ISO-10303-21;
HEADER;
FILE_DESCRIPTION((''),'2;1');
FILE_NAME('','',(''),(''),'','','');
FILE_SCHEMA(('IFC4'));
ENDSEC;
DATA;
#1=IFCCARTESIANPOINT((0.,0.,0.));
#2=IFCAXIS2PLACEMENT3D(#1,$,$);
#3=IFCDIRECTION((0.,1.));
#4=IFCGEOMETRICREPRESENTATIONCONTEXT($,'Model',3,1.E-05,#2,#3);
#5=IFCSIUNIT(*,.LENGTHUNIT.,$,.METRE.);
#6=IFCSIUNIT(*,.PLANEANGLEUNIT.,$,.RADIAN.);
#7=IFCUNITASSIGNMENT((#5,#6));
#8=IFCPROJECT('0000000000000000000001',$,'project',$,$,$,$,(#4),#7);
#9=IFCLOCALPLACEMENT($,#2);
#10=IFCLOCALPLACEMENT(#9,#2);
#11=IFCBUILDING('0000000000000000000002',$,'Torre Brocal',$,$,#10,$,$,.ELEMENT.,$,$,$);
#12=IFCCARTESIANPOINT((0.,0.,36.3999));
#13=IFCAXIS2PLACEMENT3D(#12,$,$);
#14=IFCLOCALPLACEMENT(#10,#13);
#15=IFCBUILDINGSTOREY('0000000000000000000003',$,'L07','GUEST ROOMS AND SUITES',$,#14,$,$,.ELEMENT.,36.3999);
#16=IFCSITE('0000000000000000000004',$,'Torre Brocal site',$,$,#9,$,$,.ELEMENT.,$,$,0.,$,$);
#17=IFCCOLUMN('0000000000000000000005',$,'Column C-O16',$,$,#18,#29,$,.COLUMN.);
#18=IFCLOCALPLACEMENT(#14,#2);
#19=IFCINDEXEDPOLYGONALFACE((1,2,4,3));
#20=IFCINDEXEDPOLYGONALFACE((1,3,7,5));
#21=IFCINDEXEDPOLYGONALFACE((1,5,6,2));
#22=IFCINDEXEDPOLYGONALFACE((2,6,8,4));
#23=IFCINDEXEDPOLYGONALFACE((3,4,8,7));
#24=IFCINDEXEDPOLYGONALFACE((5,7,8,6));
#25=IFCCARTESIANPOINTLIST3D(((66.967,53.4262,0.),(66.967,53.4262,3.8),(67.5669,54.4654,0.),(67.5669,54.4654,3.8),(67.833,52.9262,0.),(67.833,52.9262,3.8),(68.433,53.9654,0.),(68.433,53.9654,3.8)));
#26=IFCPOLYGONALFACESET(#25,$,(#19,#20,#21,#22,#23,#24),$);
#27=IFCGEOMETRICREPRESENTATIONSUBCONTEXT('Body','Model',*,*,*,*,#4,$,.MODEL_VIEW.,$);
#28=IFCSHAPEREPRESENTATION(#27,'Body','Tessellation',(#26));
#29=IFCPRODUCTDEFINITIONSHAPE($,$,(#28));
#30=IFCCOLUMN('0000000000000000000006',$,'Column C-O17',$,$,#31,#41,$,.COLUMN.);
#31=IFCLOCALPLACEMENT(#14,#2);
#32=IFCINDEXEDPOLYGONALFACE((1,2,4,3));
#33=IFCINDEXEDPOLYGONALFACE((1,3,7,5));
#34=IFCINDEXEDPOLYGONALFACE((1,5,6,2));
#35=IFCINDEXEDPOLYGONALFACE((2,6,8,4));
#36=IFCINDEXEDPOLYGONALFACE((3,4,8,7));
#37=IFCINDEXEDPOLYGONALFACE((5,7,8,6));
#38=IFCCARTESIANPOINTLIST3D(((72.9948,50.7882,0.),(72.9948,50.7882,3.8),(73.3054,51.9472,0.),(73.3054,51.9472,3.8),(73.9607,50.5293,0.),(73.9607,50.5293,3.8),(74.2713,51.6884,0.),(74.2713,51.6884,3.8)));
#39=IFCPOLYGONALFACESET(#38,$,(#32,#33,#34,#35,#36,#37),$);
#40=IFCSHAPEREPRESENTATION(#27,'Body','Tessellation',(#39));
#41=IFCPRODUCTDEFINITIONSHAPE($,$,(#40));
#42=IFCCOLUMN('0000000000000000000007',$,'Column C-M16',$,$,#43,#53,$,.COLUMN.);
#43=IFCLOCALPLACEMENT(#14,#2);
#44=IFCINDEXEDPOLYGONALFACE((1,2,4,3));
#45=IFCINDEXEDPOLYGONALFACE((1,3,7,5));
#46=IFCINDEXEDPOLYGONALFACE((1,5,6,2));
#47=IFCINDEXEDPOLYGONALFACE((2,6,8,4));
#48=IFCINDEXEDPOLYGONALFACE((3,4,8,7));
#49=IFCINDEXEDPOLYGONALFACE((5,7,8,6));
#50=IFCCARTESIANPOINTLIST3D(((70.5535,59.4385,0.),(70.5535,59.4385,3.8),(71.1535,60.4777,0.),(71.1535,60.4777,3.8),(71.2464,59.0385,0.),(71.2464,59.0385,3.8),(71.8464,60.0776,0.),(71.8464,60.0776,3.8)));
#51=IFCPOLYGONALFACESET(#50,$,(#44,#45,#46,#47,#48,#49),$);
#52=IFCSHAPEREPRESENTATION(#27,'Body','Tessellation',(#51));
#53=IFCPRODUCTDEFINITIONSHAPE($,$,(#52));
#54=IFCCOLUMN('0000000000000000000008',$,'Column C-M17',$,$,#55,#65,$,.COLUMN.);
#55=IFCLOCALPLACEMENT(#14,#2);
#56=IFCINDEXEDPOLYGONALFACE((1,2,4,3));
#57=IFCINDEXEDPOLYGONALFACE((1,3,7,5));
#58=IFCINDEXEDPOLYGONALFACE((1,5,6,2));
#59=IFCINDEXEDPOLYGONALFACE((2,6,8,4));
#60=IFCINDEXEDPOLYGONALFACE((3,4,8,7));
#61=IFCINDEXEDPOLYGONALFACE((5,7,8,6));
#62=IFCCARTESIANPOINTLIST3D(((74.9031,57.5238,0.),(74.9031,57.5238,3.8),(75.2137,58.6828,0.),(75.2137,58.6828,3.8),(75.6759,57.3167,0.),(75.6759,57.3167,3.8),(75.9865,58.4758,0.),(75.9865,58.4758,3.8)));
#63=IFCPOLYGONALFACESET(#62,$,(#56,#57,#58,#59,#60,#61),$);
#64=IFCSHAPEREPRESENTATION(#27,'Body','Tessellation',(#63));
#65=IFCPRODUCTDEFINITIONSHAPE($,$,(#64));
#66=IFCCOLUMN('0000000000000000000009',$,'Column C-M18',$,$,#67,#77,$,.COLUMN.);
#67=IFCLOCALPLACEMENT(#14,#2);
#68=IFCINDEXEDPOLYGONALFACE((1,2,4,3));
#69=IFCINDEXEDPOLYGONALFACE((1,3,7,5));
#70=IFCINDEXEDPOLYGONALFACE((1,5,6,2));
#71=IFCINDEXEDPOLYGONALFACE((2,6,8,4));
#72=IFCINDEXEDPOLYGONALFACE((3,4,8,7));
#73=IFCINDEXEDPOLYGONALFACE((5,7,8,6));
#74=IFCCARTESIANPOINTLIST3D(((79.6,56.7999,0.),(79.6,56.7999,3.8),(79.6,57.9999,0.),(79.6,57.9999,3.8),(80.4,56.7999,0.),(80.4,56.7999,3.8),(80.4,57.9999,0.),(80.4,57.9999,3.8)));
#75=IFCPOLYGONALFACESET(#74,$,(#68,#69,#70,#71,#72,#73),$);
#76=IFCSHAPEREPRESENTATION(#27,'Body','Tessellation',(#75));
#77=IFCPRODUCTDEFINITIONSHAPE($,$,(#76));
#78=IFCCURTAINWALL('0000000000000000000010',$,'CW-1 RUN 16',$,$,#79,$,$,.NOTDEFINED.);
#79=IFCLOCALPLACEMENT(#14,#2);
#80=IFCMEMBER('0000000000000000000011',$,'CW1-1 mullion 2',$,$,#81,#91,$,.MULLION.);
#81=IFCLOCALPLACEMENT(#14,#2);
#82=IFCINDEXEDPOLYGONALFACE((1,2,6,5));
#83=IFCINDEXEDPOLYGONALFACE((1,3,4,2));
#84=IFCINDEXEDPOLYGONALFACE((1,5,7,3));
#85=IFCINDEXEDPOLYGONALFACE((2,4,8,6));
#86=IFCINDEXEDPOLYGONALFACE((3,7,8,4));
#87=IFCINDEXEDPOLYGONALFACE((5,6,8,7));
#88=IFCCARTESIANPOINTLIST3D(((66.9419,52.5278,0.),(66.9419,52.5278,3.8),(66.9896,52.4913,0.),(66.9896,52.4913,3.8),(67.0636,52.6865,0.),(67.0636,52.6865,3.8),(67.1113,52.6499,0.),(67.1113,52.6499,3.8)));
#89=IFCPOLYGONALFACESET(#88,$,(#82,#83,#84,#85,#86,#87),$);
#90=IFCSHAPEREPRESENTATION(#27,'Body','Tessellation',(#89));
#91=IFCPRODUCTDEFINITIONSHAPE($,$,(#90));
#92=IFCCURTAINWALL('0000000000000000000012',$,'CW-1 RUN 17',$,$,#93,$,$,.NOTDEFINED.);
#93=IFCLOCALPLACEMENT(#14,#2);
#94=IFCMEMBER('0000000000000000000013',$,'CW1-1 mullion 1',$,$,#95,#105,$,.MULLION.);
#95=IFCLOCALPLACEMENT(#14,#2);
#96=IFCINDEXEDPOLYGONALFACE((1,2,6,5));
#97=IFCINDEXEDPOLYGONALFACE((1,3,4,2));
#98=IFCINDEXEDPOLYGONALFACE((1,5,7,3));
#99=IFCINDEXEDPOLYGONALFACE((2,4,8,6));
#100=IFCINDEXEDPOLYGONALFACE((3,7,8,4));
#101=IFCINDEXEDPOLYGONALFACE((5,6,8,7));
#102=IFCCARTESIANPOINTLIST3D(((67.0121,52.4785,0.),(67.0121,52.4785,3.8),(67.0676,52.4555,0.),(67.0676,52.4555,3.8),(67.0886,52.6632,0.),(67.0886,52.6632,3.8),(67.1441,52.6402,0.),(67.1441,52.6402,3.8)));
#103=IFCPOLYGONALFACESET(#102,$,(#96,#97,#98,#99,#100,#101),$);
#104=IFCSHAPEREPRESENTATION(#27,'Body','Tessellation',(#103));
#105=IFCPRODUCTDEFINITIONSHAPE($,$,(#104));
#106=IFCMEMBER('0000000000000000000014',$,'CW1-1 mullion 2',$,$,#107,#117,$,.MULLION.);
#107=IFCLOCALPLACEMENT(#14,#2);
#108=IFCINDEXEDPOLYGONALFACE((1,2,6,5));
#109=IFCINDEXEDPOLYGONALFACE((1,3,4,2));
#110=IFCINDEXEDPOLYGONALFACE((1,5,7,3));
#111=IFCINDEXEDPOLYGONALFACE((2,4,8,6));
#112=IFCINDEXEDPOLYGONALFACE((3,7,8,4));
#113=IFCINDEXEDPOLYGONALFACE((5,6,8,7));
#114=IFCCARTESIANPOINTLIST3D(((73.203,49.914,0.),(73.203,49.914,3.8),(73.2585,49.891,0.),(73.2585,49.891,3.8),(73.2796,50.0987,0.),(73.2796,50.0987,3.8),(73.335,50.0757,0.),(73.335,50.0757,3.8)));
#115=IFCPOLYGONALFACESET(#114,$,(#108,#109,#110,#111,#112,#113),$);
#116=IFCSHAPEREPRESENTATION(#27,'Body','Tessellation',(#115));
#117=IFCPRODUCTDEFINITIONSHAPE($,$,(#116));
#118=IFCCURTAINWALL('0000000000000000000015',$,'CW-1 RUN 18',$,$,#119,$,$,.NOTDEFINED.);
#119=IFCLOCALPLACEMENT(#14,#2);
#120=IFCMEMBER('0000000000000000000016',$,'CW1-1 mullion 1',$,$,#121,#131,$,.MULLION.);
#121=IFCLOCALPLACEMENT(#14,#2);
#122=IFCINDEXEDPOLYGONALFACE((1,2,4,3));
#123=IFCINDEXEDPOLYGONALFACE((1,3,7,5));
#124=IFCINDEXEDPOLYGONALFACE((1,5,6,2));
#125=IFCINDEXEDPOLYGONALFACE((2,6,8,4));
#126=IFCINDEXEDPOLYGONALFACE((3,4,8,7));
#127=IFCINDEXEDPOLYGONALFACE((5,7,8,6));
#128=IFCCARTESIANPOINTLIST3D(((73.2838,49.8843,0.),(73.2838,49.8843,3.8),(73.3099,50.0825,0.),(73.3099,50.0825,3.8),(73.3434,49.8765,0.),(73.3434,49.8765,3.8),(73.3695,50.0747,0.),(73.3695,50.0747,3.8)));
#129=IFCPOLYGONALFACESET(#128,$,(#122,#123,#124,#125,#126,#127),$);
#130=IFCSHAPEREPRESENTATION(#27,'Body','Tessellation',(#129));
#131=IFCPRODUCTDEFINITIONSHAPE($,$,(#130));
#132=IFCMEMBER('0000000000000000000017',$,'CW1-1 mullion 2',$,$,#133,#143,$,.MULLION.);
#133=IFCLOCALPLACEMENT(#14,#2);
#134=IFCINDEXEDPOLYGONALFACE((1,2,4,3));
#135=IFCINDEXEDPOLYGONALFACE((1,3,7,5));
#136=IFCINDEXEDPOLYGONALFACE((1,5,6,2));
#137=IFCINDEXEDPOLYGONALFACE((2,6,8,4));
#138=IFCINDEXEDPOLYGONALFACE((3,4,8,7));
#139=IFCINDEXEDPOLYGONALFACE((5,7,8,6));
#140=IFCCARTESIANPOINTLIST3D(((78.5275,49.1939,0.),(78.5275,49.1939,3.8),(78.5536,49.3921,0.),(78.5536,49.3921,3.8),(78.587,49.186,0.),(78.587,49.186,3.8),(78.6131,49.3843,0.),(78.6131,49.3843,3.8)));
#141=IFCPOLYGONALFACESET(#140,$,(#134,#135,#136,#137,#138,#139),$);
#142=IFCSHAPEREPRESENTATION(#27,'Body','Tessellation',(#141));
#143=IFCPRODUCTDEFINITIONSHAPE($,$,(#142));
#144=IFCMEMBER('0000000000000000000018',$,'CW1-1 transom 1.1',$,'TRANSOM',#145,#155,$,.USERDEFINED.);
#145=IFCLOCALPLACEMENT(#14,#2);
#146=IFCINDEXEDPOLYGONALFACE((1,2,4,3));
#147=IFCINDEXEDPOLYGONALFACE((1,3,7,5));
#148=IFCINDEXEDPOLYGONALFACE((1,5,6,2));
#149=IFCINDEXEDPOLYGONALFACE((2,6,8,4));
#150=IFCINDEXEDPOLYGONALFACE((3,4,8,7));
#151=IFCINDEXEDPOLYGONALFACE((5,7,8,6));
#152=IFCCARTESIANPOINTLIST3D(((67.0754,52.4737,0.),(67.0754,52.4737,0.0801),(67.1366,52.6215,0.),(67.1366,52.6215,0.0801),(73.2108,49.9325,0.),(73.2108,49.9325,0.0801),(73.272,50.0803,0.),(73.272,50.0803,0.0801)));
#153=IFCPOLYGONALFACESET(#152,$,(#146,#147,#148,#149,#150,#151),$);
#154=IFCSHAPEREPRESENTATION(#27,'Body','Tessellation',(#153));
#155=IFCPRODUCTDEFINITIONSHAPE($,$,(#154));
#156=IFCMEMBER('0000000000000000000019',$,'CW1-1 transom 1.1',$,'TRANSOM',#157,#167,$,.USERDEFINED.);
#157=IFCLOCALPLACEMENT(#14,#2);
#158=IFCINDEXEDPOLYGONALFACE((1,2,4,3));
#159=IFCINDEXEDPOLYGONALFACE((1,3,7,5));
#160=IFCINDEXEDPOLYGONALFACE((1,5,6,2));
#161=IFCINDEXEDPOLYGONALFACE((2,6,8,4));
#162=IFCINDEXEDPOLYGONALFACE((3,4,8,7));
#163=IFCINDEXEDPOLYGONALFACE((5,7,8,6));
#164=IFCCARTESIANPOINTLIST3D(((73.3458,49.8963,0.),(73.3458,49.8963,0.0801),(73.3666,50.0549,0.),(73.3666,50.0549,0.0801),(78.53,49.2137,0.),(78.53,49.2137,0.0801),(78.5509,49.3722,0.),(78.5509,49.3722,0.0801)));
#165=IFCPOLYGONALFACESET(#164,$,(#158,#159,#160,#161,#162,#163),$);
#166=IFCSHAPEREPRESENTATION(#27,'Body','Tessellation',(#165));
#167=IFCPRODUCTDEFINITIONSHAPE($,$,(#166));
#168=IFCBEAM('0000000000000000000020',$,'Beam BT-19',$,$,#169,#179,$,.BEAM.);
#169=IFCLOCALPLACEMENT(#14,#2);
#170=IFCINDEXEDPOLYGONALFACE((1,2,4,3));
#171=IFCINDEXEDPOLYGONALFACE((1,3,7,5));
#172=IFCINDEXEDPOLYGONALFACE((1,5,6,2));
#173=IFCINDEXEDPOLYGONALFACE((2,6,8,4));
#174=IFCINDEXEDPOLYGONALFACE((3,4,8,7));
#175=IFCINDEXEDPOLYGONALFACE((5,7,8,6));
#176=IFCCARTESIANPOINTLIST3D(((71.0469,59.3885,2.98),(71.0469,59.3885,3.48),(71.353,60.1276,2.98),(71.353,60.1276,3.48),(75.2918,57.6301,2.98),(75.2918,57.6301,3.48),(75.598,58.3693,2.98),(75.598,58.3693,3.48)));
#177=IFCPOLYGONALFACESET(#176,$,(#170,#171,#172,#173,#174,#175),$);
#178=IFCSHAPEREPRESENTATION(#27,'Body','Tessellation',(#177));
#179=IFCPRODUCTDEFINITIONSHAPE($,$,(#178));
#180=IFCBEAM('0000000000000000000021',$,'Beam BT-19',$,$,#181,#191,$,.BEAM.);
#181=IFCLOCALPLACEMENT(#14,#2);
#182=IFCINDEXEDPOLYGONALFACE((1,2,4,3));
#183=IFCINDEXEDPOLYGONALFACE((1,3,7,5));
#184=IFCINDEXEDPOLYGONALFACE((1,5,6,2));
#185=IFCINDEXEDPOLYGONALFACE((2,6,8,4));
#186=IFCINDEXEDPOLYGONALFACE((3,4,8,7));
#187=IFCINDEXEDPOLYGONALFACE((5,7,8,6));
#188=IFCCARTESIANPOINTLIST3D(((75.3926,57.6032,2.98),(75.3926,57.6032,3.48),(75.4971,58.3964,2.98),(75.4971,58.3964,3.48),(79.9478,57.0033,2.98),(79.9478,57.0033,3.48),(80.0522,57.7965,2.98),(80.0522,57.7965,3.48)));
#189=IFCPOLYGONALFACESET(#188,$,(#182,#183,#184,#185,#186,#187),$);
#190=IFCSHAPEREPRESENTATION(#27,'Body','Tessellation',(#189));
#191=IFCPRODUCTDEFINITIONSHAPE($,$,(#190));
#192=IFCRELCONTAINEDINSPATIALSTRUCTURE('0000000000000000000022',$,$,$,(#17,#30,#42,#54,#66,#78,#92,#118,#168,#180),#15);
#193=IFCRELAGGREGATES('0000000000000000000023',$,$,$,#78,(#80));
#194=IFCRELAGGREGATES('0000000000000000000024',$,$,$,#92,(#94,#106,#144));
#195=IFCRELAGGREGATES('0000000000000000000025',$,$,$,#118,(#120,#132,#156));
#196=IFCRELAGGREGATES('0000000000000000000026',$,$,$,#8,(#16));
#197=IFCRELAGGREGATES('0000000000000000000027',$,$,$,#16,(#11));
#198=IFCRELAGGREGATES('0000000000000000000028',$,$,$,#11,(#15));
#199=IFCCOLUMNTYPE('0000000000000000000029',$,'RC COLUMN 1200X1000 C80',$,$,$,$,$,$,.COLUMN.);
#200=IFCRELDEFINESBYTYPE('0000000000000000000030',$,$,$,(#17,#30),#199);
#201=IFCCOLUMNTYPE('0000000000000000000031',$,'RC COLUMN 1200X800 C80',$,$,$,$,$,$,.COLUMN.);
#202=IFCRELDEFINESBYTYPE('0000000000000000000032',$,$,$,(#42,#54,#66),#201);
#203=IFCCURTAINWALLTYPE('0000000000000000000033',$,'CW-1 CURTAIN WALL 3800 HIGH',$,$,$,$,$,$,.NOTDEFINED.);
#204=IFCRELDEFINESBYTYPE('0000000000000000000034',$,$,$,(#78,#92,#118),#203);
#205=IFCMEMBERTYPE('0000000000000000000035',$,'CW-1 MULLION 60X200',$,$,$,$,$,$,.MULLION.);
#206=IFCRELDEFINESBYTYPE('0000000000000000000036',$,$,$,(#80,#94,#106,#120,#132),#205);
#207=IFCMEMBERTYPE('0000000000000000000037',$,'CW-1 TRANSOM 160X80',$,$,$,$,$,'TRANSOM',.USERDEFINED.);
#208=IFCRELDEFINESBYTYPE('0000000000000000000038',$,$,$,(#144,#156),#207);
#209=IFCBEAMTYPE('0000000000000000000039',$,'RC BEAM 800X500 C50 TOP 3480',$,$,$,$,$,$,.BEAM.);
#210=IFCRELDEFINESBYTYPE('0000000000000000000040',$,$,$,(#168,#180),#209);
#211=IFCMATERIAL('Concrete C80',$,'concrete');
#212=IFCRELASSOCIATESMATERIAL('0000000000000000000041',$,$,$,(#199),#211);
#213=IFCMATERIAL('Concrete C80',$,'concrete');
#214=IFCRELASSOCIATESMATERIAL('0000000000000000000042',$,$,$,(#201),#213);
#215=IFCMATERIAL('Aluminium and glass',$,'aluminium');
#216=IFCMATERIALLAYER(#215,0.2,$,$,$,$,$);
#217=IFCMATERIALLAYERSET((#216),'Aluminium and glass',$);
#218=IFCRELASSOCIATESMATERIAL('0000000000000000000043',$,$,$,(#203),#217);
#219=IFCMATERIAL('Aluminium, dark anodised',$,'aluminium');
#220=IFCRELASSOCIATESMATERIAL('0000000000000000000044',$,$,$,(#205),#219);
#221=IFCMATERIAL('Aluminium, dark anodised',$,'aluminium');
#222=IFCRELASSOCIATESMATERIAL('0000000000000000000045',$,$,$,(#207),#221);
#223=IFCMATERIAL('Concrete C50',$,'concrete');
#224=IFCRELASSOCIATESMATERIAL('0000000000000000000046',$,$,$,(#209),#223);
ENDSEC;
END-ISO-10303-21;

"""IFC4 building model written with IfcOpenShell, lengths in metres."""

from ifc_helpers import new_model, si_unit, direction, frame, origin, origin_2d, place, context, subcontext, project, spatial, rectangle, extrude, material, layer, layer_set, material_profile, profile_set, type_object, element, aggregate, save


model = new_model("IFC4")

# Units and contexts
model_context = context("Model", 3, precision=1e-05, world=origin(), true_north=direction((0.0, 1.0)))
body_context = subcontext(model_context, "Body", "Model", "MODEL_VIEW")
ifc_project = project(units=[si_unit("LENGTHUNIT", "METRE"), si_unit("PLANEANGLEUNIT", "RADIAN")], contexts=[model_context])

# Site, building, storey
site_placement = place(None, origin())
site = spatial("IfcSite", under=ifc_project, at=site_placement, Name="Torre Brocal site", CompositionType="ELEMENT", RefElevation=0.0)
building_placement = place(site_placement, origin())
building = spatial("IfcBuilding", under=site, at=building_placement, Name="Torre Brocal", CompositionType="ELEMENT")
storey_placement = place(building_placement, frame((0.0, 0.0, 36.3999)))
storey = spatial("IfcBuildingStorey", under=building, at=storey_placement, Name="L07", Description="GUEST ROOMS AND SUITES", CompositionType="ELEMENT", Elevation=36.3999)

# Columns
ifc_material_1 = material(Name="Concrete C80", Category="concrete")
ifc_material_profile_1 = material_profile(ifc_material_1, rectangle(XDim=1.2, YDim=1.0, at=origin_2d()), Name="RC 1200X1000")
ifc_profile_set_1 = profile_set([ifc_material_profile_1], Name="Concrete C80")
column_type_1 = type_object("IfcColumnType", Name="RC COLUMN 1200X1000 C80", PredefinedType="COLUMN", material=ifc_profile_set_1)
for number, where, z_axis, x_axis, name in (
    (1, (67.7, 53.6958, 0.0), (0.0, 0.0, 1.0), (-0.5, -0.866025, 0.0), "Column C-O16"),
    (2, (73.6331, 51.2383, 0.0), (0.0, 0.0, 1.0), (-0.258819, -0.965926, 0.0), "Column C-O17"),
):
    element("IfcColumn", number, at=place(storey_placement, frame(where, z_axis=z_axis, x_axis=x_axis)), inside=storey, type_object=column_type_1, Name=name, PredefinedType="COLUMN", context=body_context, shape_type="SweptSolid", body=[
        extrude(rectangle(XDim=1.2, YDim=1.0, at=origin_2d()), origin(), (0.0, 0.0, 1.0), 3.8),
    ])
ifc_material_2 = material(Name="Concrete C80", Category="concrete")
ifc_material_profile_2 = material_profile(ifc_material_2, rectangle(XDim=1.2, YDim=0.8, at=origin_2d()), Name="RC 1200X800")
ifc_profile_set_2 = profile_set([ifc_material_profile_2], Name="Concrete C80")
column_type_2 = type_object("IfcColumnType", Name="RC COLUMN 1200X800 C80", PredefinedType="COLUMN", material=ifc_profile_set_2)
for number, where, z_axis, x_axis, name in (
    (3, (71.2, 59.7581, 0.0), (0.0, 0.0, 1.0), (-0.5, -0.866025, 0.0), "Column C-M16"),
    (4, (75.4448, 57.9998, 0.0), (0.0, 0.0, 1.0), (-0.258819, -0.965926, 0.0), "Column C-M17"),
    (5, (80.0, 57.3999, 0.0), (0.0, 0.0, 1.0), (0.0, -1.0, 0.0), "Column C-M18"),
):
    element("IfcColumn", number, at=place(storey_placement, frame(where, z_axis=z_axis, x_axis=x_axis)), inside=storey, type_object=column_type_2, Name=name, PredefinedType="COLUMN", context=body_context, shape_type="SweptSolid", body=[
        extrude(rectangle(XDim=1.2, YDim=0.8, at=origin_2d()), origin(), (0.0, 0.0, 1.0), 3.8),
    ])

# Curtain wall, member
ifc_material_3 = material(Name="Aluminium and glass", Category="aluminium")
ifc_layer_1 = layer(ifc_material_3, 0.2)
ifc_layer_set_1 = layer_set([ifc_layer_1], Name="Aluminium and glass")
curtain_wall_type = type_object("IfcCurtainWallType", Name="CW-1 CURTAIN WALL 3800 HIGH", PredefinedType="NOTDEFINED", material=ifc_layer_set_1)
curtain_wall_1_placement = place(storey_placement, origin())
curtain_wall_1 = element("IfcCurtainWall", 6, at=curtain_wall_1_placement, inside=storey, type_object=curtain_wall_type, Name="CW-1 RUN 16", PredefinedType="NOTDEFINED")
ifc_material_4 = material(Name="Aluminium, dark anodised", Category="aluminium")
ifc_material_profile_3 = material_profile(ifc_material_4, rectangle(XDim=0.2, YDim=0.0601, at=origin_2d()), Name="CW-1 MULLION 60X200")
ifc_profile_set_3 = profile_set([ifc_material_profile_3], Name="Aluminium, dark anodised")
member_type_1 = type_object("IfcMemberType", Name="CW-1 MULLION 60X200", PredefinedType="MULLION", material=ifc_profile_set_3)
member_1_placement = place(storey_placement, frame((67.0266, 52.5889, 0.0), z_axis=(0.0, 0.0, 1.0), x_axis=(0.608761, 0.793353, 0.0)))
member_1 = element("IfcMember", 7, at=member_1_placement, type_object=member_type_1, Name="CW1-1 mullion 2", PredefinedType="MULLION", context=body_context, shape_type="SweptSolid", body=[
    extrude(rectangle(XDim=0.2, YDim=0.0601, at=origin_2d()), origin(), (0.0, 0.0, 1.0), 3.8),
])
aggregate(curtain_wall_1, [member_1])

# Curtain walls, members
curtain_wall_2_placement = place(storey_placement, origin())
curtain_wall_2 = element("IfcCurtainWall", 8, at=curtain_wall_2_placement, inside=storey, type_object=curtain_wall_type, Name="CW-1 RUN 17", PredefinedType="NOTDEFINED")
member_2_placement = place(storey_placement, frame((67.0781, 52.5593, 0.0), z_axis=(0.0, 0.0, 1.0), x_axis=(0.382683, 0.92388, 0.0)))
member_2 = element("IfcMember", 9, at=member_2_placement, type_object=member_type_1, Name="CW1-1 mullion 1", PredefinedType="MULLION", context=body_context, shape_type="SweptSolid", body=[
    extrude(rectangle(XDim=0.2, YDim=0.0601, at=origin_2d()), origin(), (0.0, 0.0, 1.0), 3.8),
])
member_3_placement = place(storey_placement, frame((73.269, 49.9949, 0.0), z_axis=(0.0, 0.0, 1.0), x_axis=(0.382683, 0.92388, 0.0)))
member_3 = element("IfcMember", 10, at=member_3_placement, type_object=member_type_1, Name="CW1-1 mullion 2", PredefinedType="MULLION", context=body_context, shape_type="SweptSolid", body=[
    extrude(rectangle(XDim=0.2, YDim=0.0601, at=origin_2d()), origin(), (0.0, 0.0, 1.0), 3.8),
])
curtain_wall_3_placement = place(storey_placement, origin())
curtain_wall_3 = element("IfcCurtainWall", 11, at=curtain_wall_3_placement, inside=storey, type_object=curtain_wall_type, Name="CW-1 RUN 18", PredefinedType="NOTDEFINED")
member_4_placement = place(storey_placement, frame((73.3267, 49.9795, 0.0), z_axis=(0.0, 0.0, 1.0), x_axis=(0.130526, 0.991445, 0.0)))
member_4 = element("IfcMember", 12, at=member_4_placement, type_object=member_type_1, Name="CW1-1 mullion 1", PredefinedType="MULLION", context=body_context, shape_type="SweptSolid", body=[
    extrude(rectangle(XDim=0.2, YDim=0.0601, at=origin_2d()), origin(), (0.0, 0.0, 1.0), 3.8),
])
member_5_placement = place(storey_placement, frame((78.5703, 49.2891, 0.0), z_axis=(0.0, 0.0, 1.0), x_axis=(0.130526, 0.991445, 0.0)))
member_5 = element("IfcMember", 13, at=member_5_placement, type_object=member_type_1, Name="CW1-1 mullion 2", PredefinedType="MULLION", context=body_context, shape_type="SweptSolid", body=[
    extrude(rectangle(XDim=0.2, YDim=0.0601, at=origin_2d()), origin(), (0.0, 0.0, 1.0), 3.8),
])

# Members
ifc_material_5 = material(Name="Aluminium, dark anodised", Category="aluminium")
ifc_material_profile_4 = material_profile(ifc_material_5, rectangle(XDim=0.1599, YDim=0.0801, at=origin_2d()), Name="CW-1 TRANSOM 160X80")
ifc_profile_set_4 = profile_set([ifc_material_profile_4], Name="Aluminium, dark anodised")
member_type_2 = type_object("IfcMemberType", Name="CW-1 TRANSOM 160X80", ElementType="TRANSOM", PredefinedType="USERDEFINED", material=ifc_profile_set_4)
member_6_placement = place(storey_placement, frame((67.106, 52.5476, 0.04), z_axis=(0.923887, -0.382665, 0.0), x_axis=(0.382665, 0.923887, 0.0)))
member_6 = element("IfcMember", 14, at=member_6_placement, type_object=member_type_2, Name="CW1-1 transom 1.1", ObjectType="TRANSOM", PredefinedType="USERDEFINED", context=body_context, shape_type="SweptSolid", body=[
    extrude(rectangle(XDim=0.1599, YDim=0.0801, at=origin_2d()), origin(), (0.0, 0.0, 1.0), 6.6409),
])
member_7_placement = place(storey_placement, frame((73.3562, 49.9756, 0.04), z_axis=(0.991443, -0.130543, 0.0), x_axis=(0.130543, 0.991443, 0.0)))
member_7 = element("IfcMember", 15, at=member_7_placement, type_object=member_type_2, Name="CW1-1 transom 1.1", ObjectType="TRANSOM", PredefinedType="USERDEFINED", context=body_context, shape_type="SweptSolid", body=[
    extrude(rectangle(XDim=0.1599, YDim=0.0801, at=origin_2d()), origin(), (0.0, 0.0, 1.0), 5.229),
])

# Beams
ifc_material_6 = material(Name="Concrete C50", Category="concrete")
ifc_material_profile_5 = material_profile(ifc_material_6, rectangle(XDim=0.8, YDim=0.5, at=origin_2d()), Name="RC 800X500")
ifc_profile_set_5 = profile_set([ifc_material_profile_5], Name="Concrete C50")
beam_type_1 = type_object("IfcBeamType", Name="RC BEAM 800X500 C50 TOP 3480", PredefinedType="BEAM", material=ifc_profile_set_5)
beam_1_placement = place(storey_placement, frame((71.2, 59.7581, 3.23), z_axis=(0.923878, -0.382687, 0.0), x_axis=(0.382687, 0.923878, 0.0)))
element("IfcBeam", 16, at=beam_1_placement, inside=storey, type_object=beam_type_1, Name="Beam BT-19", PredefinedType="BEAM", context=body_context, shape_type="SweptSolid", body=[
    extrude(rectangle(XDim=0.8, YDim=0.5, at=origin_2d()), origin(), (0.0, 0.0, 1.0), 4.5947),
])
beam_2_placement = place(storey_placement, frame((75.4448, 57.9998, 3.23), z_axis=(0.991441, -0.130559, 0.0), x_axis=(0.130559, 0.991441, 0.0)))
element("IfcBeam", 17, at=beam_2_placement, inside=storey, type_object=beam_type_1, Name="Beam BT-19", PredefinedType="BEAM", context=body_context, shape_type="SweptSolid", body=[
    extrude(rectangle(XDim=0.8, YDim=0.5, at=origin_2d()), origin(), (0.0, 0.0, 1.0), 4.5945),
])

aggregate(curtain_wall_2, [member_2, member_3, member_6])
aggregate(curtain_wall_3, [member_4, member_5, member_7])

save(model, "model.ifc")
